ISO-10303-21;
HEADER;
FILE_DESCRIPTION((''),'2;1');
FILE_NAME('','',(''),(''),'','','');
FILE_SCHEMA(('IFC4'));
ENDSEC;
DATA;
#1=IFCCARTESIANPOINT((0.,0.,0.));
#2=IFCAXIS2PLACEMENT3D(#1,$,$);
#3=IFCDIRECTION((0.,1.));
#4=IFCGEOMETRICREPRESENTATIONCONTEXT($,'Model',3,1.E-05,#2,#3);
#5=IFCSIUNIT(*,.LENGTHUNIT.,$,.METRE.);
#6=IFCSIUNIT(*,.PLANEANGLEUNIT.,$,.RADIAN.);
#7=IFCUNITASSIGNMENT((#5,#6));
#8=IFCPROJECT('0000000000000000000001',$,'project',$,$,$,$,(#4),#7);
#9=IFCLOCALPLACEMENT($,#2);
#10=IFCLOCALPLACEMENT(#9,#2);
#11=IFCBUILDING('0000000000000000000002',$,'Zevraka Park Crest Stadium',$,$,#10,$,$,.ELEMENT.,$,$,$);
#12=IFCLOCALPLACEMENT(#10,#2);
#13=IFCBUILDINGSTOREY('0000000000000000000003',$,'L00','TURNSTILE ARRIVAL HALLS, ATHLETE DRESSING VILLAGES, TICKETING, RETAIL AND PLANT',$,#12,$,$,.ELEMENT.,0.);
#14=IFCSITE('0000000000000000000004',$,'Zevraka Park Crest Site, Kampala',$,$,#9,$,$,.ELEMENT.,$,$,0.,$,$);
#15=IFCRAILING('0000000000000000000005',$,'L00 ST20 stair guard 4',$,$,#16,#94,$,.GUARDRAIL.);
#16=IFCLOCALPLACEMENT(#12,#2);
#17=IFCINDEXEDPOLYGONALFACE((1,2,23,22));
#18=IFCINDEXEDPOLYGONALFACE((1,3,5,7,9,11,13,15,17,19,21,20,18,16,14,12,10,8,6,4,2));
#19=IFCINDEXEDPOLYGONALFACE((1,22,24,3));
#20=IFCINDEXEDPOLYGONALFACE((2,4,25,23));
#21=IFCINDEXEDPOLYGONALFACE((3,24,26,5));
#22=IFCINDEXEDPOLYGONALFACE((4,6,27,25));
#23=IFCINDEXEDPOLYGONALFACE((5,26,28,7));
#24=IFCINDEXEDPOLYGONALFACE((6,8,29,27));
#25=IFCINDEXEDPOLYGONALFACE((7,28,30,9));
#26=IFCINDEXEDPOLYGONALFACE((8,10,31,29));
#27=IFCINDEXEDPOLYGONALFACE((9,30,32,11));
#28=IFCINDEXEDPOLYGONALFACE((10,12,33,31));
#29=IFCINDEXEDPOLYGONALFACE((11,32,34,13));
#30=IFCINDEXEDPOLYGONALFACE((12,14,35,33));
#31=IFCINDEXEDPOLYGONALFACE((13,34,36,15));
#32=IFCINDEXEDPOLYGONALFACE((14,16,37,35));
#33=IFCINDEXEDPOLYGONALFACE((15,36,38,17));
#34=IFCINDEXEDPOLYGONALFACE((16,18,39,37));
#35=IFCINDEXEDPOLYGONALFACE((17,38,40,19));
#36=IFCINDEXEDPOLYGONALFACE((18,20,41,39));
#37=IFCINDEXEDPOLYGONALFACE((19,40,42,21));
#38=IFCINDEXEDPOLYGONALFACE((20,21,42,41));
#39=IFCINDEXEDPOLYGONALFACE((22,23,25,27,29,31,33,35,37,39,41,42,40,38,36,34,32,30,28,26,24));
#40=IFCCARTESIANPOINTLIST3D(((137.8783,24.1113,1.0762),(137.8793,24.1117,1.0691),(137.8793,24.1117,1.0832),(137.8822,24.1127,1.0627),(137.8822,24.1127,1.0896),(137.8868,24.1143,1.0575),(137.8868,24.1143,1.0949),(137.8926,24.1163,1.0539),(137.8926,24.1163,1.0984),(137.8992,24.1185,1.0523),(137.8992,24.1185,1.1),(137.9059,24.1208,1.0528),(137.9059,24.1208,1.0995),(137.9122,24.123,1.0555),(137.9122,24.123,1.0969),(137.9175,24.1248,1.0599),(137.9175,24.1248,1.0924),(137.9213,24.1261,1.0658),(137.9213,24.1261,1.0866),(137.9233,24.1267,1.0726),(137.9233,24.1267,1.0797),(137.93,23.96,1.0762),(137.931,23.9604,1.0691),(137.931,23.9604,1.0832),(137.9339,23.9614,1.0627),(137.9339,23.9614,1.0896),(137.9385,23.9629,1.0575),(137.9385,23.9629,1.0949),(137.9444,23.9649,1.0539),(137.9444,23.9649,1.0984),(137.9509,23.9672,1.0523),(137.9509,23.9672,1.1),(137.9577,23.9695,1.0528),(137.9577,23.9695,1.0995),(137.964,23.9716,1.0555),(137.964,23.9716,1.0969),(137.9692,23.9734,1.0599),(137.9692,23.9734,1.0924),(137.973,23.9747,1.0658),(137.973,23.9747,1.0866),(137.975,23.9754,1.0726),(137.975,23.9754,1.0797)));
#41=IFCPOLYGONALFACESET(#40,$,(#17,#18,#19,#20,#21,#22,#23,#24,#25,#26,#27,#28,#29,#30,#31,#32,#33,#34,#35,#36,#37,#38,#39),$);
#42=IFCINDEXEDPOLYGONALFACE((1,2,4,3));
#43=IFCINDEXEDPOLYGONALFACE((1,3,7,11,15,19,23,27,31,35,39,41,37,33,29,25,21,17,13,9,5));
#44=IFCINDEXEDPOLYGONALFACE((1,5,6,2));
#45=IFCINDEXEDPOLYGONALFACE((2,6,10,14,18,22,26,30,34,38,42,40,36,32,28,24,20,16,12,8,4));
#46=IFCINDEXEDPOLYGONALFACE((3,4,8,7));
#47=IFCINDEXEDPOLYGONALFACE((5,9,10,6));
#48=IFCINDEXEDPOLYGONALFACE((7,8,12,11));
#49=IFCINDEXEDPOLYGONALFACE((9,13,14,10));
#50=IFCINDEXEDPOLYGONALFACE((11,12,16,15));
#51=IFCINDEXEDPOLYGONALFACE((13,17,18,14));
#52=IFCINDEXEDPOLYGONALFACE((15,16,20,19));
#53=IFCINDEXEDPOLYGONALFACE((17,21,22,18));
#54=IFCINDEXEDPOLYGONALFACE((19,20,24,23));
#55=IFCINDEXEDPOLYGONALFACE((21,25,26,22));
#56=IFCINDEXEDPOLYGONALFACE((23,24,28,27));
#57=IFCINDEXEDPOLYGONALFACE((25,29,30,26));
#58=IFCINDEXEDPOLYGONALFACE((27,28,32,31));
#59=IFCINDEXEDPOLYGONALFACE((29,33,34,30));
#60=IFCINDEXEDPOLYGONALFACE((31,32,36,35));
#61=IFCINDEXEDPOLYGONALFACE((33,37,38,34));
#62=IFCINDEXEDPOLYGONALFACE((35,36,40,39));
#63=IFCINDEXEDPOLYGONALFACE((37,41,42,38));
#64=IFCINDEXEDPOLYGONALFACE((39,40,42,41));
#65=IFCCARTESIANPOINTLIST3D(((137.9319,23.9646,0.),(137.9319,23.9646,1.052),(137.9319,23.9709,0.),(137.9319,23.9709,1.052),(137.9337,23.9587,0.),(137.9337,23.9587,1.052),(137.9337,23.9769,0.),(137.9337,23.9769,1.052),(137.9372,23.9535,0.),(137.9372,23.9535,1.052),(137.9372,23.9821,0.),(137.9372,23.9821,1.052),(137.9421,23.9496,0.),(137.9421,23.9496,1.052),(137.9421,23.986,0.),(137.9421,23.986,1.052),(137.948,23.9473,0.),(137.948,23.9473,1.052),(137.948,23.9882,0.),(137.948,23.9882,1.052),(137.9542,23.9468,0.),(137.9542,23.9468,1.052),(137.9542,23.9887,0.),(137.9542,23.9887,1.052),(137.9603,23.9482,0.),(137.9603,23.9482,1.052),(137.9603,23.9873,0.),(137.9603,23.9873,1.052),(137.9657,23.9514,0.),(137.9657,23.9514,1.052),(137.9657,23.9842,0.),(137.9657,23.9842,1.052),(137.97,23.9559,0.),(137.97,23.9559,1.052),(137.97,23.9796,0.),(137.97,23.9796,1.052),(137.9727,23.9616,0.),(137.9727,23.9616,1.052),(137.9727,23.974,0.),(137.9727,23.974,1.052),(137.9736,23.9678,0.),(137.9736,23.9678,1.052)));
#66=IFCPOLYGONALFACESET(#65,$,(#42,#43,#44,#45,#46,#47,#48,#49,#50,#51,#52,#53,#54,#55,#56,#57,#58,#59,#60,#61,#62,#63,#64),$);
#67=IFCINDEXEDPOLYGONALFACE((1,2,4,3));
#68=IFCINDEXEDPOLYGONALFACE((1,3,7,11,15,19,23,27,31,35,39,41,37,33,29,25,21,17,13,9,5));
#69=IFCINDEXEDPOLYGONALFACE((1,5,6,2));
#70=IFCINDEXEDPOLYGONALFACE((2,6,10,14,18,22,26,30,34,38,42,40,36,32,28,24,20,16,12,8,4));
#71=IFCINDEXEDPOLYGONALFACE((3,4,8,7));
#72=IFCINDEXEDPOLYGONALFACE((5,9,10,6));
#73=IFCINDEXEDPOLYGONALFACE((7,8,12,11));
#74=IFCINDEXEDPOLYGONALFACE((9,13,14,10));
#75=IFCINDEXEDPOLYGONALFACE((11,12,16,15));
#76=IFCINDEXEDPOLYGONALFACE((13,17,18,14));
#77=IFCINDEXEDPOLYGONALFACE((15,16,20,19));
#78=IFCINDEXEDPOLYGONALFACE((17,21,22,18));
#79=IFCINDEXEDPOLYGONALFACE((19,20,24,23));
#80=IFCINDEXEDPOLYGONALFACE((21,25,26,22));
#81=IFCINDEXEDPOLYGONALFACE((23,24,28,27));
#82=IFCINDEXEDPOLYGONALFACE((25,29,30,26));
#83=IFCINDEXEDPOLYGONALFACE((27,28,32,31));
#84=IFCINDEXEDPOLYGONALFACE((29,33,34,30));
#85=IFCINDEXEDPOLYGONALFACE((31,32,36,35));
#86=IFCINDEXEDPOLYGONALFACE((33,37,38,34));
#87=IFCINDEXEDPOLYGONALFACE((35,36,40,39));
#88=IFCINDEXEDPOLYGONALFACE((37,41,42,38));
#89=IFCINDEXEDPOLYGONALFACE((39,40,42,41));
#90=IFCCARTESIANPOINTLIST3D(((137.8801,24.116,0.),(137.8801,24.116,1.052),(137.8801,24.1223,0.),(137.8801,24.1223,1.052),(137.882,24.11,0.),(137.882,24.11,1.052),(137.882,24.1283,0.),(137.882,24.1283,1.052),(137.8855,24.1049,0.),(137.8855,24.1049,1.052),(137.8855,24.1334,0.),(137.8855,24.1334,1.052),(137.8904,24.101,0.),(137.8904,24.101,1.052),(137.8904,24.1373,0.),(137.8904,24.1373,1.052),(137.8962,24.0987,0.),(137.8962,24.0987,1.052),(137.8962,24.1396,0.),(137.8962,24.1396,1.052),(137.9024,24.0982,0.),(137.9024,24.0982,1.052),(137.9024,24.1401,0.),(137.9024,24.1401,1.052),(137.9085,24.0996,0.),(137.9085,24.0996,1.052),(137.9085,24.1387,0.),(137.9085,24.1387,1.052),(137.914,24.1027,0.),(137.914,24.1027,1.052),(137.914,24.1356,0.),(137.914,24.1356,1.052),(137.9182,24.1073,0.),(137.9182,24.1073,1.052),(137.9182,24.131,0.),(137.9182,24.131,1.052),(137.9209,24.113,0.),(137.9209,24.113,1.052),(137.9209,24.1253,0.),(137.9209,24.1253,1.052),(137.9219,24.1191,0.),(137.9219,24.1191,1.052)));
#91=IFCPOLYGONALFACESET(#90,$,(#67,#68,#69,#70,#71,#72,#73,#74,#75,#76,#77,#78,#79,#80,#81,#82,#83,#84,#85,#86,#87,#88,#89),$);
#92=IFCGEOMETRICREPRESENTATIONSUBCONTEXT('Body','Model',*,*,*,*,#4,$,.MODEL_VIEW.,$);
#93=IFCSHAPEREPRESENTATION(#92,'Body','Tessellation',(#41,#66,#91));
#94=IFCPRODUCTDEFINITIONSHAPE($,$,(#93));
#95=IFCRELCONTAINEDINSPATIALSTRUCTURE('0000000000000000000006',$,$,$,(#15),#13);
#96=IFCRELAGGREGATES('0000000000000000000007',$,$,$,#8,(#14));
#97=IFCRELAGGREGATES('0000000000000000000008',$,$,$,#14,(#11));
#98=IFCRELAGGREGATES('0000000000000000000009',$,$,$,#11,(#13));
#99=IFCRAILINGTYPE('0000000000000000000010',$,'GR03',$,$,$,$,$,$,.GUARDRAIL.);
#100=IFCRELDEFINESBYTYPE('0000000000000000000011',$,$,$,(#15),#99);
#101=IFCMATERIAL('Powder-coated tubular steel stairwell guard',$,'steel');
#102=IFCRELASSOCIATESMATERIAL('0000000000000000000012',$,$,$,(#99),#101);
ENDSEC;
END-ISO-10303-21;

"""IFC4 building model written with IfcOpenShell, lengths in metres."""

from ifc_helpers import new_model, si_unit, direction, frame, origin, origin_2d, place, context, subcontext, project, spatial, circle, extrude, material, type_object, element, save


model = new_model("IFC4")

# Units and contexts
model_context = context("Model", 3, precision=1e-05, world=origin(), true_north=direction((0.0, 1.0)))
body_context = subcontext(model_context, "Body", "Model", "MODEL_VIEW")
ifc_project = project(units=[si_unit("LENGTHUNIT", "METRE"), si_unit("PLANEANGLEUNIT", "RADIAN")], contexts=[model_context])

# Site, building, storey
site_placement = place(None, origin())
site = spatial("IfcSite", under=ifc_project, at=site_placement, Name="Zevraka Park Crest Site, Kampala", CompositionType="ELEMENT", RefElevation=0.0)
building_placement = place(site_placement, origin())
building = spatial("IfcBuilding", under=site, at=building_placement, Name="Zevraka Park Crest Stadium", CompositionType="ELEMENT")
storey_placement = place(building_placement, origin())
storey = spatial("IfcBuildingStorey", under=building, at=storey_placement, Name="L00", Description="TURNSTILE ARRIVAL HALLS, ATHLETE DRESSING VILLAGES, TICKETING, RETAIL AND PLANT", CompositionType="ELEMENT", Elevation=0.0)

# Railing
ifc_material_1 = material(Name="Powder-coated tubular steel stairwell guard", Category="steel")
railing_type_1 = type_object("IfcRailingType", Name="GR03", PredefinedType="GUARDRAIL", material=ifc_material_1)
railing_1_placement = place(storey_placement, frame((137.9526, 23.9678, 0.0)))
element("IfcRailing", 1, at=railing_1_placement, inside=storey, type_object=railing_type_1, Name="L00 ST20 stair guard 4", PredefinedType="GUARDRAIL", context=body_context, shape_type="SweptSolid", body=[
    extrude(circle(Radius=0.0239, at=origin_2d()), frame((0.0, 0.0, 1.0762), z_axis=(-0.323544, 0.946213, 0.0), x_axis=(-0.946213, -0.323544, 0.0)), (0.0, 0.0, 1.0), 0.1599),
    extrude(circle(Radius=0.021, at=origin_2d()), origin(), (0.0, 0.0, 1.0), 1.052),
    extrude(circle(Radius=0.021, at=origin_2d()), frame((-0.0518, 0.1514, 0.0)), (0.0, 0.0, 1.0), 1.052),
])

save(model, "model.ifc")
